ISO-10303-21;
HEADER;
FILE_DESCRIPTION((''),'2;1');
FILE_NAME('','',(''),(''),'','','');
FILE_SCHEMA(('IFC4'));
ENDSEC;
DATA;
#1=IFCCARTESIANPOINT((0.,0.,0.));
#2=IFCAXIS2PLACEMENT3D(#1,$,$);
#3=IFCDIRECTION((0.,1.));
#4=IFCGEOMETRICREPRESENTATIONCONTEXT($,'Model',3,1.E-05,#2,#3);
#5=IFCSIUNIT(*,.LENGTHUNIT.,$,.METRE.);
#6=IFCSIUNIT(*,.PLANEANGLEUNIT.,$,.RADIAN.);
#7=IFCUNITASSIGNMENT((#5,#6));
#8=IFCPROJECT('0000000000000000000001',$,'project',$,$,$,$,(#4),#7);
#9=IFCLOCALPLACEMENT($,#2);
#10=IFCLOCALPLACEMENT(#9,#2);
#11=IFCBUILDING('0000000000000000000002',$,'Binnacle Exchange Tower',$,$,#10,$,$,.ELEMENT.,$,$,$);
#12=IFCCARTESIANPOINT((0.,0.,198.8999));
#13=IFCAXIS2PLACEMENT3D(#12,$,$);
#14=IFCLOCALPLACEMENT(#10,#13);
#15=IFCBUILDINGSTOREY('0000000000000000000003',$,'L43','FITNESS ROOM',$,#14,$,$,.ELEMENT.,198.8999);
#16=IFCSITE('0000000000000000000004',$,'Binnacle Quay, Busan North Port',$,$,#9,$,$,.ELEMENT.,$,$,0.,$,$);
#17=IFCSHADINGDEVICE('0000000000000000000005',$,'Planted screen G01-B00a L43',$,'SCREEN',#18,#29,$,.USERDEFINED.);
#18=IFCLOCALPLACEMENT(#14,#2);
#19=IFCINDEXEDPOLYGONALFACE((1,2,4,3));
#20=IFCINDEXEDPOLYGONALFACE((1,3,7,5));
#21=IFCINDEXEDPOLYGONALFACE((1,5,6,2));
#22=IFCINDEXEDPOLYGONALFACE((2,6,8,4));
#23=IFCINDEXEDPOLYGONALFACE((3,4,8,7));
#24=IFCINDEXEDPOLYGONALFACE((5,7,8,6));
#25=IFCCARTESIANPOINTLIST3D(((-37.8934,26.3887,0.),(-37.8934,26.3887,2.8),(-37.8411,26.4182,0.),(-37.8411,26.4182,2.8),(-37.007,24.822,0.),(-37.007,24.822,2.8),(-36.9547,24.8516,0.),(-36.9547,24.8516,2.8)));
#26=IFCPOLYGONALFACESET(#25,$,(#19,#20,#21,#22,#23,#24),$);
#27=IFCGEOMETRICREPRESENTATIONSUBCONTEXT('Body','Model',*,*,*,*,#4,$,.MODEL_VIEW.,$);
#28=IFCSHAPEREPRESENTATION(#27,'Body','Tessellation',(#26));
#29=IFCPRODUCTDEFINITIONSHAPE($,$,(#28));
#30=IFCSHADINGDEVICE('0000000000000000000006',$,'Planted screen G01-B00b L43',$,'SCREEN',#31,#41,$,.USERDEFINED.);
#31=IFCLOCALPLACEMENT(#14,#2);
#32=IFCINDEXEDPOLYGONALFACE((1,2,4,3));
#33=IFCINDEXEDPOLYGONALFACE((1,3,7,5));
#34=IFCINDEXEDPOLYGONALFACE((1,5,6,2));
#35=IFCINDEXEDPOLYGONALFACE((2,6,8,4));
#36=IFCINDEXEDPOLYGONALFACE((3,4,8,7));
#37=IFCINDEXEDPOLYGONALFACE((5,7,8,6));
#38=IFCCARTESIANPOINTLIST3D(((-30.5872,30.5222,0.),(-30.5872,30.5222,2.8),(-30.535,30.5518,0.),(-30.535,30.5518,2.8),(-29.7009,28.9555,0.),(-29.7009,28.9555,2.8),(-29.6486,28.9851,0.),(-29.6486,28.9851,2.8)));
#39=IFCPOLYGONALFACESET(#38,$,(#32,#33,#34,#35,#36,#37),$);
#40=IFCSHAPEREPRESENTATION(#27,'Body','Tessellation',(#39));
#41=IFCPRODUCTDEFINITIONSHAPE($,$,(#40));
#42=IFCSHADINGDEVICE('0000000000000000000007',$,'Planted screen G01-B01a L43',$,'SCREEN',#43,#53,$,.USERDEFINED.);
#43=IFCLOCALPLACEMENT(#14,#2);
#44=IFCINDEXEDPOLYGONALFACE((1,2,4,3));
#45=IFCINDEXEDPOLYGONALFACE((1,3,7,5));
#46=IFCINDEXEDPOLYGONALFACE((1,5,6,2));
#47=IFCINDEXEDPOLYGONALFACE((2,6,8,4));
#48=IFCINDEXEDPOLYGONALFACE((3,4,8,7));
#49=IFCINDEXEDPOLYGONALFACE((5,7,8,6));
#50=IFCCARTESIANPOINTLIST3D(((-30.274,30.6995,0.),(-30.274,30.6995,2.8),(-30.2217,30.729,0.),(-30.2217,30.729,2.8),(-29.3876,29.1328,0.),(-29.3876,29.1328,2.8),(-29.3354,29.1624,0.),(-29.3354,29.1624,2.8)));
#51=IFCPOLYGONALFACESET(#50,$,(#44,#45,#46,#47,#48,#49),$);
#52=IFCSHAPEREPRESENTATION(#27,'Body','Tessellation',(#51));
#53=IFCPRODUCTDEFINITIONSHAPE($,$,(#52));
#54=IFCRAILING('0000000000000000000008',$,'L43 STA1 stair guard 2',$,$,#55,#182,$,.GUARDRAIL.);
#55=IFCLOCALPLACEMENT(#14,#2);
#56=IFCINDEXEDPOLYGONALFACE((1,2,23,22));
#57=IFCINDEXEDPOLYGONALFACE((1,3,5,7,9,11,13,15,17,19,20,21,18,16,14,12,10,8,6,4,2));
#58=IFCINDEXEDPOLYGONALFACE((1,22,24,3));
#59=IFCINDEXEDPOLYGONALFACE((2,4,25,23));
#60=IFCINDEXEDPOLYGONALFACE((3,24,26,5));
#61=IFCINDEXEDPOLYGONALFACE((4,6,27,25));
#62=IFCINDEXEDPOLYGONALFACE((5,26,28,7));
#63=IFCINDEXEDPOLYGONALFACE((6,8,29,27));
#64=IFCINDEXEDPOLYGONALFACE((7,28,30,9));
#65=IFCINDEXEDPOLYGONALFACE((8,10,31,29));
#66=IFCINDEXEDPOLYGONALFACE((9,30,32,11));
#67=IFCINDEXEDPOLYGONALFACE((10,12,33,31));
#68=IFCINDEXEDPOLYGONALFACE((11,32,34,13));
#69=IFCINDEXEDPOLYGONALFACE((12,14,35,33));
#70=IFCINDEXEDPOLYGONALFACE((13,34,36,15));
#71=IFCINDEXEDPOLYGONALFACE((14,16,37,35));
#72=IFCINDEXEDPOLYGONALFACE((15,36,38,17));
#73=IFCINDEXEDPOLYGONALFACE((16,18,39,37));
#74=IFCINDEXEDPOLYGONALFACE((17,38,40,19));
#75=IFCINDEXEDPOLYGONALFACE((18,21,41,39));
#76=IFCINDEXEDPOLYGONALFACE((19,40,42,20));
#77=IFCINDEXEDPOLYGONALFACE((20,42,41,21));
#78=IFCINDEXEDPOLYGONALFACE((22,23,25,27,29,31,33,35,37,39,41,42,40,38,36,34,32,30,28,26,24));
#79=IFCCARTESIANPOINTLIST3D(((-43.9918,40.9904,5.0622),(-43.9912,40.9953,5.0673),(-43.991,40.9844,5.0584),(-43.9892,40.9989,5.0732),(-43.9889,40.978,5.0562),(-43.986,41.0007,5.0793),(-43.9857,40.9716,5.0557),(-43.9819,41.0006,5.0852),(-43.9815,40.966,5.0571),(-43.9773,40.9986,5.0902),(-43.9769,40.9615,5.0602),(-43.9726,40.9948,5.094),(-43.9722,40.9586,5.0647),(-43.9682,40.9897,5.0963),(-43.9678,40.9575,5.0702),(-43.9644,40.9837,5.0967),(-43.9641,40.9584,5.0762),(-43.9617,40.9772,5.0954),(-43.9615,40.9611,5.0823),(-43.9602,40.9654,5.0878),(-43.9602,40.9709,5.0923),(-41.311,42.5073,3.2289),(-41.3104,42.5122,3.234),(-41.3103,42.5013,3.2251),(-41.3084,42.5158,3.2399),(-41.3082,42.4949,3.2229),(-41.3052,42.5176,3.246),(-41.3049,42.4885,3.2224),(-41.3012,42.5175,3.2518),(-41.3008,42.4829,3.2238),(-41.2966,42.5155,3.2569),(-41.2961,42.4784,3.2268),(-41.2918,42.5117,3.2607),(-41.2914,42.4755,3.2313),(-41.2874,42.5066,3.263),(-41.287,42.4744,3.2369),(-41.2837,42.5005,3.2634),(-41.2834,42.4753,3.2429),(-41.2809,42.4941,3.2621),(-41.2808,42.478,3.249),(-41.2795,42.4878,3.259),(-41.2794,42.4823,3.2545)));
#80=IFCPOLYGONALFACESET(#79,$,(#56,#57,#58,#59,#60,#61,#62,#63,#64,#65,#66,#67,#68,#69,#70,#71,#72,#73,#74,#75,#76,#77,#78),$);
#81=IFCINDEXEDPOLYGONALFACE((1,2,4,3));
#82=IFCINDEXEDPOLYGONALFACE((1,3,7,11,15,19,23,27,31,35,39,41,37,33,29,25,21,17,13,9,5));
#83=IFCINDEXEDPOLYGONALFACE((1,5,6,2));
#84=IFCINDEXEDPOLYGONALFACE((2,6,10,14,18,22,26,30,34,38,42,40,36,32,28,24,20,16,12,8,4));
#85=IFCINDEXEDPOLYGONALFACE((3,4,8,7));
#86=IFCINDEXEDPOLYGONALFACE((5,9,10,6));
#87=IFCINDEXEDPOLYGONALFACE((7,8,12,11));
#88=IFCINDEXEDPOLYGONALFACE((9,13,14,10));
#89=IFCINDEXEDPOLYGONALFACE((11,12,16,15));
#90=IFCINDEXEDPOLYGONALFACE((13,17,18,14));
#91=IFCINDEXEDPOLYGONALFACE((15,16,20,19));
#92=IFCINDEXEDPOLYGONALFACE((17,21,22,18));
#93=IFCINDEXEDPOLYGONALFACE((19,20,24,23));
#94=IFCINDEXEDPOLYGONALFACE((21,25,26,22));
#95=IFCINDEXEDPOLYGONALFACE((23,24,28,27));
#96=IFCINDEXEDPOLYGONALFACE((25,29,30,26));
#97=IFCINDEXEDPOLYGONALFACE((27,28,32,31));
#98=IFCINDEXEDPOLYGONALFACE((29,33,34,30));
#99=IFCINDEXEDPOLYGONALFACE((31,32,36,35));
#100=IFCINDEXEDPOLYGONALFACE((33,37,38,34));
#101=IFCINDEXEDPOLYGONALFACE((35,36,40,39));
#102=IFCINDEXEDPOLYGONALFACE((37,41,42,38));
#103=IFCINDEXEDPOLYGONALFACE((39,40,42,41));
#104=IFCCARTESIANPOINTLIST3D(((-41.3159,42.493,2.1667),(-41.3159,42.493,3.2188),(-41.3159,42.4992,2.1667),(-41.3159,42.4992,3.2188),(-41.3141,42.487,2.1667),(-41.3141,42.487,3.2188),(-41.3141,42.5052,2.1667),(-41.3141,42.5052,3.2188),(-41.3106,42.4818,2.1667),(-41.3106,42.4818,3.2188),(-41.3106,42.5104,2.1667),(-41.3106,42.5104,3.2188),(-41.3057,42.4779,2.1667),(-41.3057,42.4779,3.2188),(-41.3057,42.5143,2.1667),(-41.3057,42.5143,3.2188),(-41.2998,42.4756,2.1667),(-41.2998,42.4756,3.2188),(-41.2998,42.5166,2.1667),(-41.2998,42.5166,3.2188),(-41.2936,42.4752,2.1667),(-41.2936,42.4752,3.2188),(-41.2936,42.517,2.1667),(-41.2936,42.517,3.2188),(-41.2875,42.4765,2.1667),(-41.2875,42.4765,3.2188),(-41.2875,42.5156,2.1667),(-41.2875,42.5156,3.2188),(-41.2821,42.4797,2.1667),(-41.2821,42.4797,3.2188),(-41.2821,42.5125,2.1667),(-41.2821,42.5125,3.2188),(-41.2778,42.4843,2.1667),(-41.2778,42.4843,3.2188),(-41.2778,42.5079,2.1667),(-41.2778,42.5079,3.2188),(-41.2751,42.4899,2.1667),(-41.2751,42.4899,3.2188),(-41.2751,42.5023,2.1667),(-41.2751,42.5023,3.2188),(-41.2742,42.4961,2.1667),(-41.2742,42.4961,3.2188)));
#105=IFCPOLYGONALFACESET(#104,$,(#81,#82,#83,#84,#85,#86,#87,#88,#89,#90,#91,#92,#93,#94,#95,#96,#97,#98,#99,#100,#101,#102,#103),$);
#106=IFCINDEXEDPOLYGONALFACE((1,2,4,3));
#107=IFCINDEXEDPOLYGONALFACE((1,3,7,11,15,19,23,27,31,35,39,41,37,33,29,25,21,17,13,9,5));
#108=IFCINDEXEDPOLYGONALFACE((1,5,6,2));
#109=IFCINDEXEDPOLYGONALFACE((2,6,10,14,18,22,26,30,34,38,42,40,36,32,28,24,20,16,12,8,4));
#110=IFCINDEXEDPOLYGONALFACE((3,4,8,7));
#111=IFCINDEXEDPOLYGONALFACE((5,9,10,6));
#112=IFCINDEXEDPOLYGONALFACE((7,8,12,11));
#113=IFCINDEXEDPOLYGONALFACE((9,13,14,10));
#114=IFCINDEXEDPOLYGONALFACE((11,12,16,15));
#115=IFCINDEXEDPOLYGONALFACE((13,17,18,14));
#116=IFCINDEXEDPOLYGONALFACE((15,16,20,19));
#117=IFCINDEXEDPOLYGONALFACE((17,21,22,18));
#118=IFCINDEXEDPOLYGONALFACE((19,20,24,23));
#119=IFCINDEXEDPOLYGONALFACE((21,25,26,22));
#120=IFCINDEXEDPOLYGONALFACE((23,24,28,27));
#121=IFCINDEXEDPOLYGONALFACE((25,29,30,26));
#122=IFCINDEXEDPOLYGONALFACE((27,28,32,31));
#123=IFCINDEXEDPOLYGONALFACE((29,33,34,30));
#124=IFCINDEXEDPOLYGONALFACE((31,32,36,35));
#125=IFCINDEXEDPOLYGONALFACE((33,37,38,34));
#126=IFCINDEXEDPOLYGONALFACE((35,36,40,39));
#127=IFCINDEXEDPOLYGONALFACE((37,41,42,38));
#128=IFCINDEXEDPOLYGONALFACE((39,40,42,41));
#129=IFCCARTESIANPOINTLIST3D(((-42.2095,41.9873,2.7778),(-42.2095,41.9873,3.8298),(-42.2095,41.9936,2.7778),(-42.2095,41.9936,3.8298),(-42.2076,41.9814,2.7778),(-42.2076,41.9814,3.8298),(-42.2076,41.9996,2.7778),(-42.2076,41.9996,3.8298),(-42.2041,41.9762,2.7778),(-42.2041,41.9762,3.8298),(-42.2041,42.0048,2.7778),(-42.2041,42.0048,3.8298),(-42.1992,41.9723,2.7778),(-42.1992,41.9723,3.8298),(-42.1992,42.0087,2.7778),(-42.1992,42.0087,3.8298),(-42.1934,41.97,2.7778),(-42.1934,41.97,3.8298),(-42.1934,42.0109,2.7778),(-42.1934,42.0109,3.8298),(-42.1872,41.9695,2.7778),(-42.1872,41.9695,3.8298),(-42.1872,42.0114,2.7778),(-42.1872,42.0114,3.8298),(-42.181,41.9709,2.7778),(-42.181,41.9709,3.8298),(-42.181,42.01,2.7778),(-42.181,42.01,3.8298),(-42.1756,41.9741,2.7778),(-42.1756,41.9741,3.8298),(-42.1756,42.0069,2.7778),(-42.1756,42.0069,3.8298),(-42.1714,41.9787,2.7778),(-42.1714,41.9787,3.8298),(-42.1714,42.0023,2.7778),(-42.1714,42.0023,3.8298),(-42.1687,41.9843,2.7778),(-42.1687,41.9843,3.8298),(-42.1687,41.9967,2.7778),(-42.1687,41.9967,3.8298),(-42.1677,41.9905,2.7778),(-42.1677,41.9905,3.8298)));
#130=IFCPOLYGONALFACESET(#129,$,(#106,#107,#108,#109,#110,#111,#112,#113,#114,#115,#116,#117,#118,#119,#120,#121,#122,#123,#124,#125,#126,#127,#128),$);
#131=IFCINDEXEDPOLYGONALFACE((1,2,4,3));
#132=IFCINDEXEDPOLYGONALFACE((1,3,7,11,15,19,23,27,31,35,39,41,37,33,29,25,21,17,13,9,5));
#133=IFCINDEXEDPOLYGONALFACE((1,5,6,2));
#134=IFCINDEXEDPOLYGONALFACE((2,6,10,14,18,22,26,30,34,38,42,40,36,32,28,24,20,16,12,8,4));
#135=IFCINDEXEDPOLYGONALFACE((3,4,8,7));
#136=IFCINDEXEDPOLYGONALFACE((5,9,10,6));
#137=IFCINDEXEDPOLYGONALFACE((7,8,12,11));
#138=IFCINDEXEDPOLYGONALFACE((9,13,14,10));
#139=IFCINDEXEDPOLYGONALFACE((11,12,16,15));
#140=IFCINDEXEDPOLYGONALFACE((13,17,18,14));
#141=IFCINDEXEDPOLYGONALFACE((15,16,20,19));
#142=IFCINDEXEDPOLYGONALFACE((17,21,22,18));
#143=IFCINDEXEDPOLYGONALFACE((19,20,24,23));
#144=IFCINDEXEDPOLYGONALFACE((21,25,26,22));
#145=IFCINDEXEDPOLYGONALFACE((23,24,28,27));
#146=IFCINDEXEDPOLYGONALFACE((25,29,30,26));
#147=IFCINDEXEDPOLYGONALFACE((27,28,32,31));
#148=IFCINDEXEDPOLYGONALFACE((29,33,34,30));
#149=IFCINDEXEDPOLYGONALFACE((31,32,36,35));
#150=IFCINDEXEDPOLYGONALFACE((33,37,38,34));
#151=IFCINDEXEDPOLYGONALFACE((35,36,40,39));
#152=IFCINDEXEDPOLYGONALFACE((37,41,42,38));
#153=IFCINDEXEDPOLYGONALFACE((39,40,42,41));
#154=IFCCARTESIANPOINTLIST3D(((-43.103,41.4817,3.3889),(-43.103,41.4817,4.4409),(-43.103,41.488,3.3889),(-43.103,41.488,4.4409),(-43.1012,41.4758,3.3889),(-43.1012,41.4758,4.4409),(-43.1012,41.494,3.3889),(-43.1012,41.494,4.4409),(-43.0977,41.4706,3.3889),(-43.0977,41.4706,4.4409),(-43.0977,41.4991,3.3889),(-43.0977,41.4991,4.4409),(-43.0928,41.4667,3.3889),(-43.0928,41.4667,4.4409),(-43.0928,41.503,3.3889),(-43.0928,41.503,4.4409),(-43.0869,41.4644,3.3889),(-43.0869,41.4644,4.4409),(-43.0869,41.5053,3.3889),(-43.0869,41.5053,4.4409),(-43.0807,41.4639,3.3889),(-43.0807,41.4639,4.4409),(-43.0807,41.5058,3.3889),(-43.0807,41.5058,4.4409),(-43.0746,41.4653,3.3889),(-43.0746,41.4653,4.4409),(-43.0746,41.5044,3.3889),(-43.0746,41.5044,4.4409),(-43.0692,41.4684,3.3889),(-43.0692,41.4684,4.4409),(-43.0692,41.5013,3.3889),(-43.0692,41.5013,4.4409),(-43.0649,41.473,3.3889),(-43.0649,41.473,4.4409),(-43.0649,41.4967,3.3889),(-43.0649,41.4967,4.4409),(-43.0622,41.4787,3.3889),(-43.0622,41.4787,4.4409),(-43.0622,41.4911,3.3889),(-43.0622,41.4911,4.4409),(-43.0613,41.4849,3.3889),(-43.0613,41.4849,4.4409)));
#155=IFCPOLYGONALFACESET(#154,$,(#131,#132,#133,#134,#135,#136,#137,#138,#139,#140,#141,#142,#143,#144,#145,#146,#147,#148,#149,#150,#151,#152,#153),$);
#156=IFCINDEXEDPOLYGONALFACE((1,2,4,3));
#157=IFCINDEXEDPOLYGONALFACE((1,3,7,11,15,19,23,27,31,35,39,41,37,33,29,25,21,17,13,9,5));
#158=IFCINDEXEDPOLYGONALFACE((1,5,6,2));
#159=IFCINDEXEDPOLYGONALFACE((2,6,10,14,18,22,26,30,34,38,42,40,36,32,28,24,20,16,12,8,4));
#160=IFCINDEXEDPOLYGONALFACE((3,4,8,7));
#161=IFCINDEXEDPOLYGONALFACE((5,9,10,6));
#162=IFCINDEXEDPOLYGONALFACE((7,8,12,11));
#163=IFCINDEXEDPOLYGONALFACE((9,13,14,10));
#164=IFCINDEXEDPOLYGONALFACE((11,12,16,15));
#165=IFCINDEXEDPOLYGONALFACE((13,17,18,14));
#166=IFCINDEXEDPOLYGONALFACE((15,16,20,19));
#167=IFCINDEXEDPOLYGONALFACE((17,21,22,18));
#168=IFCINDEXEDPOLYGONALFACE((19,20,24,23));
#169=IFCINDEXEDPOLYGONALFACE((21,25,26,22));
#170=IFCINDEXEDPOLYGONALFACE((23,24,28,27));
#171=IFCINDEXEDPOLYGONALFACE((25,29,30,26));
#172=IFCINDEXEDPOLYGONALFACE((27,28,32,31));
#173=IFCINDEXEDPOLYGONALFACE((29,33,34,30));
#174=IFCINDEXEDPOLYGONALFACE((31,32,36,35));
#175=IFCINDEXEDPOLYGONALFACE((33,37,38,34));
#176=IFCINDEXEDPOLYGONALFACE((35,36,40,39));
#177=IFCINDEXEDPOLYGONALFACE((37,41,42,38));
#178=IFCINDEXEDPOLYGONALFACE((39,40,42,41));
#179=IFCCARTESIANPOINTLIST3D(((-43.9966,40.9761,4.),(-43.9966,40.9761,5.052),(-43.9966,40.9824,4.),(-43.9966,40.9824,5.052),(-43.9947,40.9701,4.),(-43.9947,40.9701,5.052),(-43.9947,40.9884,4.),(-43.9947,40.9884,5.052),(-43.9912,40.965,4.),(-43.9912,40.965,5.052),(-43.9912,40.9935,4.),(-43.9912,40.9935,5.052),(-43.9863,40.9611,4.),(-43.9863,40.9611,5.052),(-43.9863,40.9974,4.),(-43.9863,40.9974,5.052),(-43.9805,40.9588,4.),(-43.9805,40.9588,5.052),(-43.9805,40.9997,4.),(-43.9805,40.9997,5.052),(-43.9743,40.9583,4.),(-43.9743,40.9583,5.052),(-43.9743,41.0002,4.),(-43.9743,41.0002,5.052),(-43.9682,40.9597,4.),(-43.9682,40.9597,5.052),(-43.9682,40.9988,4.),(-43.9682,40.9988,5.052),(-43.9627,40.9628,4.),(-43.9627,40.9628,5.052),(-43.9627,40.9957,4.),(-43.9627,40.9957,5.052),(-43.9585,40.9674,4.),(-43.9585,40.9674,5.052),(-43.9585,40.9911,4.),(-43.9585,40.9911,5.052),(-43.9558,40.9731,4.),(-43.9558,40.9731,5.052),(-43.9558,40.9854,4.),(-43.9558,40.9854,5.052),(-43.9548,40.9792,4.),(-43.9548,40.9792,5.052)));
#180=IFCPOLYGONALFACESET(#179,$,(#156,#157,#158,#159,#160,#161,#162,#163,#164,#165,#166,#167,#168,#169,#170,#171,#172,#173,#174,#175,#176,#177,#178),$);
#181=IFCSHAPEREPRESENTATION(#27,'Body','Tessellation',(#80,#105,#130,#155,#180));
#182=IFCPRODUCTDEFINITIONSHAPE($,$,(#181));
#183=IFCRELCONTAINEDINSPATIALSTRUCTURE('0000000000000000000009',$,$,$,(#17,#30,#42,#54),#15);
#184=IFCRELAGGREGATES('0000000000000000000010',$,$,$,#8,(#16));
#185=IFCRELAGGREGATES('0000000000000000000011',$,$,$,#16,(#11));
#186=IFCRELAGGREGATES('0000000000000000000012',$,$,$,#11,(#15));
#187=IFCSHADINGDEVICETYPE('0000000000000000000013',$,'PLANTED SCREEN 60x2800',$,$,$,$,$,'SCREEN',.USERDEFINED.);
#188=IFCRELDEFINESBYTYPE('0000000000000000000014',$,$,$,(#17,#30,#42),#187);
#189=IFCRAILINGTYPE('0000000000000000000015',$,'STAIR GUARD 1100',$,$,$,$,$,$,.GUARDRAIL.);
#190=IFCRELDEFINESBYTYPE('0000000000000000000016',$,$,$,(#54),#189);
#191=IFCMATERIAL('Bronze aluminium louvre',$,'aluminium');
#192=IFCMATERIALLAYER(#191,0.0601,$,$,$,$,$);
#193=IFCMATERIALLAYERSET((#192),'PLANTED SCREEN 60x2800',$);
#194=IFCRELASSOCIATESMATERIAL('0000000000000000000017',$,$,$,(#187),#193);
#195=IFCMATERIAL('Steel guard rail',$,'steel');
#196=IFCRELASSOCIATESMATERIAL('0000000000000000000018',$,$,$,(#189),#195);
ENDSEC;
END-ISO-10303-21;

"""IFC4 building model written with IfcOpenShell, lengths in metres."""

from ifc_helpers import new_model, si_unit, direction, frame, origin, origin_2d, place, context, subcontext, project, spatial, rectangle, circle, extrude, material, layer, layer_set, type_object, element, save


model = new_model("IFC4")

# Units and contexts
model_context = context("Model", 3, precision=1e-05, world=origin(), true_north=direction((0.0, 1.0)))
body_context = subcontext(model_context, "Body", "Model", "MODEL_VIEW")
ifc_project = project(units=[si_unit("LENGTHUNIT", "METRE"), si_unit("PLANEANGLEUNIT", "RADIAN")], contexts=[model_context])

# Site, building, storey
site_placement = place(None, origin())
site = spatial("IfcSite", under=ifc_project, at=site_placement, Name="Binnacle Quay, Busan North Port", CompositionType="ELEMENT", RefElevation=0.0)
building_placement = place(site_placement, origin())
building = spatial("IfcBuilding", under=site, at=building_placement, Name="Binnacle Exchange Tower", CompositionType="ELEMENT")
storey_placement = place(building_placement, frame((0.0, 0.0, 198.8999)))
storey = spatial("IfcBuildingStorey", under=building, at=storey_placement, Name="L43", Description="FITNESS ROOM", CompositionType="ELEMENT", Elevation=198.8999)

# Shading devices
ifc_material_1 = material(Name="Bronze aluminium louvre", Category="aluminium")
ifc_layer_1 = layer(ifc_material_1, 0.0601)
ifc_layer_set_1 = layer_set([ifc_layer_1], Name="PLANTED SCREEN 60x2800")
shading_device_type = type_object("IfcShadingDeviceType", Name="PLANTED SCREEN 60x2800", ElementType="SCREEN", PredefinedType="USERDEFINED", material=ifc_layer_set_1)
for number, where, z_axis, x_axis, name in (
    (1, (-37.4241, 25.6201, 0.0), (0.0, 0.0, 1.0), (0.870356, 0.492424, 0.0), "Planted screen G01-B00a L43"),
    (2, (-30.1179, 29.7537, 0.0), (0.0, 0.0, 1.0), (0.870356, 0.492424, 0.0), "Planted screen G01-B00b L43"),
    (3, (-29.8047, 29.9309, 0.0), (0.0, 0.0, 1.0), (0.870356, 0.492424, 0.0), "Planted screen G01-B01a L43"),
):
    element("IfcShadingDevice", number, at=place(storey_placement, frame(where, z_axis=z_axis, x_axis=x_axis)), inside=storey, type_object=shading_device_type, Name=name, ObjectType="SCREEN", PredefinedType="USERDEFINED", context=body_context, shape_type="SweptSolid", body=[
        extrude(rectangle(XDim=0.0601, YDim=1.8, at=origin_2d()), origin(), (0.0, 0.0, 1.0), 2.8),
    ])

# Railing
ifc_material_2 = material(Name="Steel guard rail", Category="steel")
railing_type_1 = type_object("IfcRailingType", Name="STAIR GUARD 1100", PredefinedType="GUARDRAIL", material=ifc_material_2)
railing_1_placement = place(storey_placement, frame((-41.2952, 42.4961, 2.1667)))
element("IfcRailing", 4, at=railing_1_placement, inside=storey, type_object=railing_type_1, Name="L43 STA1 stair guard 2", PredefinedType="GUARDRAIL", context=body_context, shape_type="SweptSolid", body=[
    extrude(circle(Radius=0.0239, at=origin_2d()), frame((0.0, 0.0, 1.0762), z_axis=(-0.747879, -0.423185, 0.51146), x_axis=(0.492472, -0.870328, 0.0)), (0.0, 0.0, 1.0), 3.5845),
    extrude(circle(Radius=0.021, at=origin_2d()), origin(), (0.0, 0.0, 1.0), 1.052),
    extrude(circle(Radius=0.021, at=origin_2d()), frame((-0.8936, -0.5056, 0.6111)), (0.0, 0.0, 1.0), 1.052),
    extrude(circle(Radius=0.021, at=origin_2d()), frame((-1.7871, -1.0112, 1.2222)), (0.0, 0.0, 1.0), 1.052),
    extrude(circle(Radius=0.021, at=origin_2d()), frame((-2.6807, -1.5168, 1.8333)), (0.0, 0.0, 1.0), 1.052),
])

save(model, "model.ifc")
